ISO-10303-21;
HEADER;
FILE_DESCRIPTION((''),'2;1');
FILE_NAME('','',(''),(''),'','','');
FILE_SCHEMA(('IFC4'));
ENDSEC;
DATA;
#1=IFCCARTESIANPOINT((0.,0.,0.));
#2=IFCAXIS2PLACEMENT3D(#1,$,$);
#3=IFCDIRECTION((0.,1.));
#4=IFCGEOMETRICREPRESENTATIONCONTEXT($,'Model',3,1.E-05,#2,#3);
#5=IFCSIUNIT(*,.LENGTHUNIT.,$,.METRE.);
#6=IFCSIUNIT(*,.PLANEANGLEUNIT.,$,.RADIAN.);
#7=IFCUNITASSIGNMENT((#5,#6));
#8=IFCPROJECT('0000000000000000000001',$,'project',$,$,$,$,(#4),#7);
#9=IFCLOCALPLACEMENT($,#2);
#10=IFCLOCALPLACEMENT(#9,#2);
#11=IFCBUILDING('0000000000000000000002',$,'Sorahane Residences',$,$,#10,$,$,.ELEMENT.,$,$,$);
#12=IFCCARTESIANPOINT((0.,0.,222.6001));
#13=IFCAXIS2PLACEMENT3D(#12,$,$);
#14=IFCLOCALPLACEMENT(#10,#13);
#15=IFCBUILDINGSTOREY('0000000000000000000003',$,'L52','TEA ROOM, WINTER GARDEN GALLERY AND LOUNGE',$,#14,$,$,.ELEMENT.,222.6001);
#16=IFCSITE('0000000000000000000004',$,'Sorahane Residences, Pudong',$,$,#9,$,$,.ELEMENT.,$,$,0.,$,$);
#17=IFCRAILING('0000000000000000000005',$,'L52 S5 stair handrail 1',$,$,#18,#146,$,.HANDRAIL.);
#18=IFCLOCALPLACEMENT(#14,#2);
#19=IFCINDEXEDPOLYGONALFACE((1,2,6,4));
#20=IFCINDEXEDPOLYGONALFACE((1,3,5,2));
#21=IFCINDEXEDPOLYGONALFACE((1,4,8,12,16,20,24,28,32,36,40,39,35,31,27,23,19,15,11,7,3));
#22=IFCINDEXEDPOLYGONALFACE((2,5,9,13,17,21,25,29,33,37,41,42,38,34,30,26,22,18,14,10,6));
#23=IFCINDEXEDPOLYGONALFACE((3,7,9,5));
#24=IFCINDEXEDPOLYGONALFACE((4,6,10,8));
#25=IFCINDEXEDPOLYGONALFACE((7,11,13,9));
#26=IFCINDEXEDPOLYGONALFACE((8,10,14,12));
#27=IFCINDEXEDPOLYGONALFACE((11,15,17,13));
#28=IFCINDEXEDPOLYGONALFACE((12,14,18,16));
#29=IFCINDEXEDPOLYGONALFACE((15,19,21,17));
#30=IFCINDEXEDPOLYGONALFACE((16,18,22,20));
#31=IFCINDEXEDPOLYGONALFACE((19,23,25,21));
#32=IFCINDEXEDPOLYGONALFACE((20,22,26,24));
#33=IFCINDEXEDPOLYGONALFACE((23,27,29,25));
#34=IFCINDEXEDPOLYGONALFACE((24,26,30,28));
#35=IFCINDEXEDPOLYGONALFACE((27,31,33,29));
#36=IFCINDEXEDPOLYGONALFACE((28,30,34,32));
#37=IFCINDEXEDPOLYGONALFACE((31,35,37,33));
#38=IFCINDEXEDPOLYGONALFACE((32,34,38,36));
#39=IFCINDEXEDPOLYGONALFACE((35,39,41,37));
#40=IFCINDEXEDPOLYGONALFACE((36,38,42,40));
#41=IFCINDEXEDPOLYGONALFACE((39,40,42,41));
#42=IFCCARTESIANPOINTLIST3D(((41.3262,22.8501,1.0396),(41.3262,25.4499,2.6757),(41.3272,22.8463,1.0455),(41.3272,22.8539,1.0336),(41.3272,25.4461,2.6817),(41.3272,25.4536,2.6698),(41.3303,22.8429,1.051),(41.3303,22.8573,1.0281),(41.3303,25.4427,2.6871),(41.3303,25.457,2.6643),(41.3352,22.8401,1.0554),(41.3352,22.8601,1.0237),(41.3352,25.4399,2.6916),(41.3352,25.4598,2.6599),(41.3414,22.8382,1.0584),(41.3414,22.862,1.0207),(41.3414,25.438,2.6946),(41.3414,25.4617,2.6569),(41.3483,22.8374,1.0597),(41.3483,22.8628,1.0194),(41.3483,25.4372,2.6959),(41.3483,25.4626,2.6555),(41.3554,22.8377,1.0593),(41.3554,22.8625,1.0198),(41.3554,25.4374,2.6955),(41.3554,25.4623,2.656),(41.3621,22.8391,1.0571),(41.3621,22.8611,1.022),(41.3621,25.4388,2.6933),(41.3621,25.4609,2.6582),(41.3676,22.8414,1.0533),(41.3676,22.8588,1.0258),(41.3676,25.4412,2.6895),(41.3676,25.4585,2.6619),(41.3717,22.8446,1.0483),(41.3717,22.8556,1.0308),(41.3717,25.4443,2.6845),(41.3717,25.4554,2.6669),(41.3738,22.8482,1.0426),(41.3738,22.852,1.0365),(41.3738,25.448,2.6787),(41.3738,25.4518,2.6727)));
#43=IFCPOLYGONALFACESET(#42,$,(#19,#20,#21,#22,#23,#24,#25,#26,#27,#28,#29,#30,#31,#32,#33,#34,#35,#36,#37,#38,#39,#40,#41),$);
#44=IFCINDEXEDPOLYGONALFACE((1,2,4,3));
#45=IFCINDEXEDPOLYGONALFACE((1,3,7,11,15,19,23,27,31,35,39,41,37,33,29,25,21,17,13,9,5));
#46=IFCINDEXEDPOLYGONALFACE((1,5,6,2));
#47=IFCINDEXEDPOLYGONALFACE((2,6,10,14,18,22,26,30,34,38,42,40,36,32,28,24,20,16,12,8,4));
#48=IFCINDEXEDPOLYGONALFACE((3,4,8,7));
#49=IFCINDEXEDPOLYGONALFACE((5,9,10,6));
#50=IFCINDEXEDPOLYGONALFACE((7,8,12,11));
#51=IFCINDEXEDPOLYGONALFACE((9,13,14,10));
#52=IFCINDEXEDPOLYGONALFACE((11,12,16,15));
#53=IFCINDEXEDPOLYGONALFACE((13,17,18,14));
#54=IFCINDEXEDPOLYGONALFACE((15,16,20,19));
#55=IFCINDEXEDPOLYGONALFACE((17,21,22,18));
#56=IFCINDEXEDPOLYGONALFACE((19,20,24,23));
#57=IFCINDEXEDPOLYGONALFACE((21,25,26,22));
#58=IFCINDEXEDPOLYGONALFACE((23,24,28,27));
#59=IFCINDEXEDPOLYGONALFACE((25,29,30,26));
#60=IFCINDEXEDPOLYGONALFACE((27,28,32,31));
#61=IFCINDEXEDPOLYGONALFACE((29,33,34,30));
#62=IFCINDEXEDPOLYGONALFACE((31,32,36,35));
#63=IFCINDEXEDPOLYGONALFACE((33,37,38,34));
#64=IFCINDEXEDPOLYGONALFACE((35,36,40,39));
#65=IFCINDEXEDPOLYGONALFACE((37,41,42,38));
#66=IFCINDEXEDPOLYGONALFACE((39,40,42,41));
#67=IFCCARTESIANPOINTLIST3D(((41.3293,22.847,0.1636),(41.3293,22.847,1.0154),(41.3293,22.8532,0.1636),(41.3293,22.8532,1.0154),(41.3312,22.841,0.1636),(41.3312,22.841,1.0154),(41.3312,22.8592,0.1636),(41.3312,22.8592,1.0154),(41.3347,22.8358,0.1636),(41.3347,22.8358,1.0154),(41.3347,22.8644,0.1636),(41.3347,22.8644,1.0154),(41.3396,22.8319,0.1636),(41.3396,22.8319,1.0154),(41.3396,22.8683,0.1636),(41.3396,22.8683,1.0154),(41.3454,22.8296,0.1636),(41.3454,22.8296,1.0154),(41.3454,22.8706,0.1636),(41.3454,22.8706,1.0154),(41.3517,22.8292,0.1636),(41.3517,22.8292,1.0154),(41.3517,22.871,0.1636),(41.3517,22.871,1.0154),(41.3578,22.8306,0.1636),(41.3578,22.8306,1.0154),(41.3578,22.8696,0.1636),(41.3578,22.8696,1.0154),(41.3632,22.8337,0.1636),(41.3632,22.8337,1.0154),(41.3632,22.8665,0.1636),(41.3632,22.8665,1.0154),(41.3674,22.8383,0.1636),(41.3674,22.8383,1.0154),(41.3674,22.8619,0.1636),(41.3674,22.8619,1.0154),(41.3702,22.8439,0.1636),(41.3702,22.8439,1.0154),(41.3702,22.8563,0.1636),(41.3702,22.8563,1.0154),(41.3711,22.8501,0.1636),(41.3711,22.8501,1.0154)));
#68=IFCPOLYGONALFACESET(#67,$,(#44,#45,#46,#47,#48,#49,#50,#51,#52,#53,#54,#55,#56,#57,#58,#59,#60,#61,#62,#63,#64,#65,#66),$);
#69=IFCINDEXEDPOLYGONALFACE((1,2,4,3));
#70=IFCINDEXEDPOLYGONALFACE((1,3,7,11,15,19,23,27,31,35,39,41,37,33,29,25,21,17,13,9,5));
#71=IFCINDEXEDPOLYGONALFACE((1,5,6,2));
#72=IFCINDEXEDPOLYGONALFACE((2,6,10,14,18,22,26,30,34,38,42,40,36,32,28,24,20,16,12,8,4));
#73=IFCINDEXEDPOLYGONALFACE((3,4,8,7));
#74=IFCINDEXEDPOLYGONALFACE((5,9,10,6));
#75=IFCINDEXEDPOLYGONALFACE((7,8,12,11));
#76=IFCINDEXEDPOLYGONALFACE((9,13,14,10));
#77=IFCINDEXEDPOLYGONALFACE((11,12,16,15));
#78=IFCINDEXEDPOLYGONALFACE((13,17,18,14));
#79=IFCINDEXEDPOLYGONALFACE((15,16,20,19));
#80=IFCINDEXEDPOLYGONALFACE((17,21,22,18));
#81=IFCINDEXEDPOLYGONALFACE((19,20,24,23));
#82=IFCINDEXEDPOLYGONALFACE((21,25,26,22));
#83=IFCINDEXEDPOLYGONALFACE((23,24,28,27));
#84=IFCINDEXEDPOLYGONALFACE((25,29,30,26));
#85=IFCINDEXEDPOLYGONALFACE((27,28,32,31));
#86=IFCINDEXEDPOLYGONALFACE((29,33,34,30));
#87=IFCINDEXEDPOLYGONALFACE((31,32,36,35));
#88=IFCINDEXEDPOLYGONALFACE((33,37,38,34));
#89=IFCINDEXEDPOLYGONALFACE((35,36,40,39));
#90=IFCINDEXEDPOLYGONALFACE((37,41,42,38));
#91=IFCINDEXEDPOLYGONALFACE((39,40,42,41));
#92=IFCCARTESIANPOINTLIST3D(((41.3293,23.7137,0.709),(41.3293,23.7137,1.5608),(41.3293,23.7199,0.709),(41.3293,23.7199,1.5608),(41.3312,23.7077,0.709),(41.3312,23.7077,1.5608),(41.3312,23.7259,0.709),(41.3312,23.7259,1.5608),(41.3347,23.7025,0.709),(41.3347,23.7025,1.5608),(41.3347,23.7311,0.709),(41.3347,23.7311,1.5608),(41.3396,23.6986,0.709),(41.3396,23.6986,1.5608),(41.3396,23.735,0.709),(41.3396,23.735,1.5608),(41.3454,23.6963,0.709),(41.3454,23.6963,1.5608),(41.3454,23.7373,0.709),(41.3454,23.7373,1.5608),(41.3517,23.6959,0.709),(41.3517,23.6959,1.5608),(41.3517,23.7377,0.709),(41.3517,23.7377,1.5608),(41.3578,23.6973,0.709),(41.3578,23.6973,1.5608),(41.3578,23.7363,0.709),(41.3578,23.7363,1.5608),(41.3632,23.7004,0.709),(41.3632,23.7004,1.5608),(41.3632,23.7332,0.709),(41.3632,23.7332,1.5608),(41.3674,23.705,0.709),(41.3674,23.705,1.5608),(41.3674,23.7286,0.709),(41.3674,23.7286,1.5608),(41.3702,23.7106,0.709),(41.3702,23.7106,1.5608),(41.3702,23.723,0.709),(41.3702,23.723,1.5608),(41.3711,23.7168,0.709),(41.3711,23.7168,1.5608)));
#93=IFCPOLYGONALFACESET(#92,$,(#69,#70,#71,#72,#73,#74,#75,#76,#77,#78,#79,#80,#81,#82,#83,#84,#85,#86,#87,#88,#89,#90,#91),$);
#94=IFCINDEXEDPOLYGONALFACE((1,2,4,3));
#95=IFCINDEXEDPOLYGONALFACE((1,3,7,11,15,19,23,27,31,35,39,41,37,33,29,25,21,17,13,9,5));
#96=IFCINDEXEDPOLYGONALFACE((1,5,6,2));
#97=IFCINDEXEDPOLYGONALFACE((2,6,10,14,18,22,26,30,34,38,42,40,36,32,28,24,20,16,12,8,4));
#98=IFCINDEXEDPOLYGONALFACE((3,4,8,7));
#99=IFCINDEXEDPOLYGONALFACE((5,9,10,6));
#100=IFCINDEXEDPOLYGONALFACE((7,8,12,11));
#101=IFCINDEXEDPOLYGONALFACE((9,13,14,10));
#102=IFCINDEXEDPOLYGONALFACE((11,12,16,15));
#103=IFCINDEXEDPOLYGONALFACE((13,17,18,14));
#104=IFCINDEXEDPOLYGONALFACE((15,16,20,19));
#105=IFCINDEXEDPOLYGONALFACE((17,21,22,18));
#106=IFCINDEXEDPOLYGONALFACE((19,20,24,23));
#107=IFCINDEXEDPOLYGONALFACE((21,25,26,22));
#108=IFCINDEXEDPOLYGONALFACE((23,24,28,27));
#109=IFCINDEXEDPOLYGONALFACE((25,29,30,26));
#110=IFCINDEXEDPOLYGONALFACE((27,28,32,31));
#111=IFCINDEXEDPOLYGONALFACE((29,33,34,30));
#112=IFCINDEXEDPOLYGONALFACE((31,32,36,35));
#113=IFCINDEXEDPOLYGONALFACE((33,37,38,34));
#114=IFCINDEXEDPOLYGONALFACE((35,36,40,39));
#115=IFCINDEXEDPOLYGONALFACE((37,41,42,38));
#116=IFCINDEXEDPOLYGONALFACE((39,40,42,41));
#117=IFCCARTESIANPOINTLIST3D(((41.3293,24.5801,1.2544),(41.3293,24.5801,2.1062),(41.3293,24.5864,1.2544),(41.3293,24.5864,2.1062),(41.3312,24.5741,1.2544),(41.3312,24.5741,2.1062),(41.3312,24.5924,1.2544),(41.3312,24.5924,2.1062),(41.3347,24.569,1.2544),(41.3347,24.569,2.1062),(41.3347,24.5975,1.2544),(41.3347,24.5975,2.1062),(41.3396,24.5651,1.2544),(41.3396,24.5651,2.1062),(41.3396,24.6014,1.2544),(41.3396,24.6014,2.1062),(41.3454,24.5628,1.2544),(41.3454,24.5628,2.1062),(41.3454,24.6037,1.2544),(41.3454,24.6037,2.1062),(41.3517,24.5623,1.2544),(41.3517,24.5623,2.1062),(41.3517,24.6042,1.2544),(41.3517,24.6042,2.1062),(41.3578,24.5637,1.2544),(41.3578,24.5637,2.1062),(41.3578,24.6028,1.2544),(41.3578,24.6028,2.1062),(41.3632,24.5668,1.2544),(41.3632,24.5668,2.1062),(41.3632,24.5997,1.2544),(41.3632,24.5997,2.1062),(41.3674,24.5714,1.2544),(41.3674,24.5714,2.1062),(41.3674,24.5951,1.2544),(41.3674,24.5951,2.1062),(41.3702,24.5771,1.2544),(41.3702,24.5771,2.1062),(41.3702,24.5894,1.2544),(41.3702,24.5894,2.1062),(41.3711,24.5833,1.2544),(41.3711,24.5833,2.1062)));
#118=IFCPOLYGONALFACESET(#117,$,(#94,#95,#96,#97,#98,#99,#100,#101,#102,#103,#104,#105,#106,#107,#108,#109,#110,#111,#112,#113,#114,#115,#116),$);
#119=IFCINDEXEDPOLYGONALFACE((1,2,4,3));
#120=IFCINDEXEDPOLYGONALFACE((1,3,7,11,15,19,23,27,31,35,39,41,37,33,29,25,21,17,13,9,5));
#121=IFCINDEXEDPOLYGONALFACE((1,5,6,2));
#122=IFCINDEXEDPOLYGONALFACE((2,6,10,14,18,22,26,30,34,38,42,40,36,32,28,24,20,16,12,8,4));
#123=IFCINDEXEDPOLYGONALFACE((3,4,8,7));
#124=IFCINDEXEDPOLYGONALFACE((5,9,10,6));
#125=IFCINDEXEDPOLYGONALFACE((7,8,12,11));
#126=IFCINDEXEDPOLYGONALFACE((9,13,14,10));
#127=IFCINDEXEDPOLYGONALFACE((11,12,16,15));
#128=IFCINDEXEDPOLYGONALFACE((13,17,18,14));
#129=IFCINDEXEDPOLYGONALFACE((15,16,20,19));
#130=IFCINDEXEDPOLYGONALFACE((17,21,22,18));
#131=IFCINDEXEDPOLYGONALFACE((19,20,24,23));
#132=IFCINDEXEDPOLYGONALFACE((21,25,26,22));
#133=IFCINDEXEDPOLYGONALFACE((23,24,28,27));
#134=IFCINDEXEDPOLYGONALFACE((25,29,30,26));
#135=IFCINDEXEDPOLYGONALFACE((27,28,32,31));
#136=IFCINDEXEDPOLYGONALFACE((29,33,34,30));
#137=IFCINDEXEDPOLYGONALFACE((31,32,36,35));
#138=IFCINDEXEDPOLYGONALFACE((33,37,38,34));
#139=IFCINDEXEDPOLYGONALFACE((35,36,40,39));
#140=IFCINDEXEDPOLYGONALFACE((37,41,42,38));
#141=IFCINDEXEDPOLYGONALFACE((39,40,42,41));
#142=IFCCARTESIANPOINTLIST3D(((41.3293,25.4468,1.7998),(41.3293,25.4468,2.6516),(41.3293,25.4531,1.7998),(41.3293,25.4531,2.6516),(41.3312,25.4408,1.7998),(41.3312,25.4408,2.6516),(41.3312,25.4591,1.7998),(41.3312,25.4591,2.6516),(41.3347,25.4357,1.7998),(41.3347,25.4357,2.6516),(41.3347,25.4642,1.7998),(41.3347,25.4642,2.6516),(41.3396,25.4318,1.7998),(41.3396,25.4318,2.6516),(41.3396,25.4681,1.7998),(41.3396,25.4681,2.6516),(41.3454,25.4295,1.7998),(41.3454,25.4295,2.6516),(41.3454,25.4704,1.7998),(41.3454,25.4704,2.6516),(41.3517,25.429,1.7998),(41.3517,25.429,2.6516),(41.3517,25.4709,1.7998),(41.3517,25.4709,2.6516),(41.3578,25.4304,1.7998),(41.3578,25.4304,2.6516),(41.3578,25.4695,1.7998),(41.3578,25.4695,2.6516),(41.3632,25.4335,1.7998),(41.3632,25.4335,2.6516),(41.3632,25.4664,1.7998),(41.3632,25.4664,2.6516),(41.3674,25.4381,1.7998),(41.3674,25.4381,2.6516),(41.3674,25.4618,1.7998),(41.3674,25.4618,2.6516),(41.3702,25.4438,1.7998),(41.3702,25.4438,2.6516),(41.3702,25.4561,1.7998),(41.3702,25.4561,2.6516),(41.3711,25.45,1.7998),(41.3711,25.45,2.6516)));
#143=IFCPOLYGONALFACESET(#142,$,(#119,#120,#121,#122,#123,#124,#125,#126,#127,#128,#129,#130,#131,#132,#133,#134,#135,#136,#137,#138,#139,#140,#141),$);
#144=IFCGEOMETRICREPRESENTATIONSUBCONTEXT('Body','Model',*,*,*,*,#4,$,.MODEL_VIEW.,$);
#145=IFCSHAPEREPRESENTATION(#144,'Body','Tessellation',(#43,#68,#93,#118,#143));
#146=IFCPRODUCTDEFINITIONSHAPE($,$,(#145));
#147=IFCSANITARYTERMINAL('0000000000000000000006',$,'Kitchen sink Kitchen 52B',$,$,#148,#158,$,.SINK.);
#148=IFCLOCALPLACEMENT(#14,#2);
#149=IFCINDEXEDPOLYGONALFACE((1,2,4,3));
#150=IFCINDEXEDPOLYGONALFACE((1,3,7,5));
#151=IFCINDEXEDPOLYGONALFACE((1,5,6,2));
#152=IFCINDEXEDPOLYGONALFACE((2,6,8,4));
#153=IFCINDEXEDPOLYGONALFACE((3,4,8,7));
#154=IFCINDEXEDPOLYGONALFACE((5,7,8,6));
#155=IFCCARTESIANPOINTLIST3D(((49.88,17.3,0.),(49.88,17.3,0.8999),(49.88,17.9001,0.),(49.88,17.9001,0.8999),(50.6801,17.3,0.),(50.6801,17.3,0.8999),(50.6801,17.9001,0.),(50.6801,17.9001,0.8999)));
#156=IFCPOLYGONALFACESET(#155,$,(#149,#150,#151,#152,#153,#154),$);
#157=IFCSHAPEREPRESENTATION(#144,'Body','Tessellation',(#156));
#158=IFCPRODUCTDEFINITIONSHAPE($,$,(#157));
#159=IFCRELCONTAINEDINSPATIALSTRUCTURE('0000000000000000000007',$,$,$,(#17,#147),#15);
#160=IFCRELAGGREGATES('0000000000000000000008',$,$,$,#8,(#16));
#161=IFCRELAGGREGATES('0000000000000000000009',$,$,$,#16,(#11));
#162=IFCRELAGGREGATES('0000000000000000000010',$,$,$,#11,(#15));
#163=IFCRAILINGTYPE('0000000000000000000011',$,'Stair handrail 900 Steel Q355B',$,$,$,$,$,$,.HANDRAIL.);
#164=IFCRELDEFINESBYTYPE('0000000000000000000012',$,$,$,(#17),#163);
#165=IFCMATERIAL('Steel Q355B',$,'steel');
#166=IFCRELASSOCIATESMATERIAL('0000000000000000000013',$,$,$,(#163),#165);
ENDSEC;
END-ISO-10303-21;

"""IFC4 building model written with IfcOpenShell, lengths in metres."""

from ifc_helpers import new_model, si_unit, direction, frame, origin, origin_2d, place, context, subcontext, project, spatial, rectangle, circle, extrude, material, type_object, element, save


model = new_model("IFC4")

# Units and contexts
model_context = context("Model", 3, precision=1e-05, world=origin(), true_north=direction((0.0, 1.0)))
body_context = subcontext(model_context, "Body", "Model", "MODEL_VIEW")
ifc_project = project(units=[si_unit("LENGTHUNIT", "METRE"), si_unit("PLANEANGLEUNIT", "RADIAN")], contexts=[model_context])

# Site, building, storey
site_placement = place(None, origin())
site = spatial("IfcSite", under=ifc_project, at=site_placement, Name="Sorahane Residences, Pudong", CompositionType="ELEMENT", RefElevation=0.0)
building_placement = place(site_placement, origin())
building = spatial("IfcBuilding", under=site, at=building_placement, Name="Sorahane Residences", CompositionType="ELEMENT")
storey_placement = place(building_placement, frame((0.0, 0.0, 222.6001)))
storey = spatial("IfcBuildingStorey", under=building, at=storey_placement, Name="L52", Description="TEA ROOM, WINTER GARDEN GALLERY AND LOUNGE", CompositionType="ELEMENT", Elevation=222.6001)

# Railing
ifc_material_1 = material(Name="Steel Q355B", Category="steel")
railing_type = type_object("IfcRailingType", Name="Stair handrail 900 Steel Q355B", PredefinedType="HANDRAIL", material=ifc_material_1)
railing_placement = place(storey_placement, frame((41.3501, 22.8501, 0.1636)))
element("IfcRailing", 1, at=railing_placement, inside=storey, type_object=railing_type, Name="L52 S5 stair handrail 1", PredefinedType="HANDRAIL", context=body_context, shape_type="SweptSolid", body=[
    extrude(circle(Radius=0.0239, at=origin_2d()), frame((0.0, 0.0, 0.876), z_axis=(0.0, 0.846338, 0.532647), x_axis=(-1.0, 0.0, 0.0)), (0.0, 0.0, 1.0), 3.0718),
    extrude(circle(Radius=0.021, at=origin_2d()), origin(), (0.0, 0.0, 1.0), 0.8518),
    extrude(circle(Radius=0.021, at=origin_2d()), frame((0.0, 0.8667, 0.5454)), (0.0, 0.0, 1.0), 0.8518),
    extrude(circle(Radius=0.021, at=origin_2d()), frame((0.0, 1.7332, 1.0908)), (0.0, 0.0, 1.0), 0.8518),
    extrude(circle(Radius=0.021, at=origin_2d()), frame((0.0, 2.5999, 1.6362)), (0.0, 0.0, 1.0), 0.8518),
])

# Sanitary terminal
sanitary_terminal_placement = place(storey_placement, frame((50.28, 17.6001, 0.0), z_axis=(0.0, 0.0, 1.0), x_axis=(1.0, 0.0, 0.0)))
element("IfcSanitaryTerminal", 2, at=sanitary_terminal_placement, inside=storey, Name="Kitchen sink Kitchen 52B", PredefinedType="SINK", context=body_context, shape_type="SweptSolid", body=[
    extrude(rectangle(XDim=0.8, YDim=0.6001, at=origin_2d()), origin(), (0.0, 0.0, 1.0), 0.8999),
])

save(model, "model.ifc")
